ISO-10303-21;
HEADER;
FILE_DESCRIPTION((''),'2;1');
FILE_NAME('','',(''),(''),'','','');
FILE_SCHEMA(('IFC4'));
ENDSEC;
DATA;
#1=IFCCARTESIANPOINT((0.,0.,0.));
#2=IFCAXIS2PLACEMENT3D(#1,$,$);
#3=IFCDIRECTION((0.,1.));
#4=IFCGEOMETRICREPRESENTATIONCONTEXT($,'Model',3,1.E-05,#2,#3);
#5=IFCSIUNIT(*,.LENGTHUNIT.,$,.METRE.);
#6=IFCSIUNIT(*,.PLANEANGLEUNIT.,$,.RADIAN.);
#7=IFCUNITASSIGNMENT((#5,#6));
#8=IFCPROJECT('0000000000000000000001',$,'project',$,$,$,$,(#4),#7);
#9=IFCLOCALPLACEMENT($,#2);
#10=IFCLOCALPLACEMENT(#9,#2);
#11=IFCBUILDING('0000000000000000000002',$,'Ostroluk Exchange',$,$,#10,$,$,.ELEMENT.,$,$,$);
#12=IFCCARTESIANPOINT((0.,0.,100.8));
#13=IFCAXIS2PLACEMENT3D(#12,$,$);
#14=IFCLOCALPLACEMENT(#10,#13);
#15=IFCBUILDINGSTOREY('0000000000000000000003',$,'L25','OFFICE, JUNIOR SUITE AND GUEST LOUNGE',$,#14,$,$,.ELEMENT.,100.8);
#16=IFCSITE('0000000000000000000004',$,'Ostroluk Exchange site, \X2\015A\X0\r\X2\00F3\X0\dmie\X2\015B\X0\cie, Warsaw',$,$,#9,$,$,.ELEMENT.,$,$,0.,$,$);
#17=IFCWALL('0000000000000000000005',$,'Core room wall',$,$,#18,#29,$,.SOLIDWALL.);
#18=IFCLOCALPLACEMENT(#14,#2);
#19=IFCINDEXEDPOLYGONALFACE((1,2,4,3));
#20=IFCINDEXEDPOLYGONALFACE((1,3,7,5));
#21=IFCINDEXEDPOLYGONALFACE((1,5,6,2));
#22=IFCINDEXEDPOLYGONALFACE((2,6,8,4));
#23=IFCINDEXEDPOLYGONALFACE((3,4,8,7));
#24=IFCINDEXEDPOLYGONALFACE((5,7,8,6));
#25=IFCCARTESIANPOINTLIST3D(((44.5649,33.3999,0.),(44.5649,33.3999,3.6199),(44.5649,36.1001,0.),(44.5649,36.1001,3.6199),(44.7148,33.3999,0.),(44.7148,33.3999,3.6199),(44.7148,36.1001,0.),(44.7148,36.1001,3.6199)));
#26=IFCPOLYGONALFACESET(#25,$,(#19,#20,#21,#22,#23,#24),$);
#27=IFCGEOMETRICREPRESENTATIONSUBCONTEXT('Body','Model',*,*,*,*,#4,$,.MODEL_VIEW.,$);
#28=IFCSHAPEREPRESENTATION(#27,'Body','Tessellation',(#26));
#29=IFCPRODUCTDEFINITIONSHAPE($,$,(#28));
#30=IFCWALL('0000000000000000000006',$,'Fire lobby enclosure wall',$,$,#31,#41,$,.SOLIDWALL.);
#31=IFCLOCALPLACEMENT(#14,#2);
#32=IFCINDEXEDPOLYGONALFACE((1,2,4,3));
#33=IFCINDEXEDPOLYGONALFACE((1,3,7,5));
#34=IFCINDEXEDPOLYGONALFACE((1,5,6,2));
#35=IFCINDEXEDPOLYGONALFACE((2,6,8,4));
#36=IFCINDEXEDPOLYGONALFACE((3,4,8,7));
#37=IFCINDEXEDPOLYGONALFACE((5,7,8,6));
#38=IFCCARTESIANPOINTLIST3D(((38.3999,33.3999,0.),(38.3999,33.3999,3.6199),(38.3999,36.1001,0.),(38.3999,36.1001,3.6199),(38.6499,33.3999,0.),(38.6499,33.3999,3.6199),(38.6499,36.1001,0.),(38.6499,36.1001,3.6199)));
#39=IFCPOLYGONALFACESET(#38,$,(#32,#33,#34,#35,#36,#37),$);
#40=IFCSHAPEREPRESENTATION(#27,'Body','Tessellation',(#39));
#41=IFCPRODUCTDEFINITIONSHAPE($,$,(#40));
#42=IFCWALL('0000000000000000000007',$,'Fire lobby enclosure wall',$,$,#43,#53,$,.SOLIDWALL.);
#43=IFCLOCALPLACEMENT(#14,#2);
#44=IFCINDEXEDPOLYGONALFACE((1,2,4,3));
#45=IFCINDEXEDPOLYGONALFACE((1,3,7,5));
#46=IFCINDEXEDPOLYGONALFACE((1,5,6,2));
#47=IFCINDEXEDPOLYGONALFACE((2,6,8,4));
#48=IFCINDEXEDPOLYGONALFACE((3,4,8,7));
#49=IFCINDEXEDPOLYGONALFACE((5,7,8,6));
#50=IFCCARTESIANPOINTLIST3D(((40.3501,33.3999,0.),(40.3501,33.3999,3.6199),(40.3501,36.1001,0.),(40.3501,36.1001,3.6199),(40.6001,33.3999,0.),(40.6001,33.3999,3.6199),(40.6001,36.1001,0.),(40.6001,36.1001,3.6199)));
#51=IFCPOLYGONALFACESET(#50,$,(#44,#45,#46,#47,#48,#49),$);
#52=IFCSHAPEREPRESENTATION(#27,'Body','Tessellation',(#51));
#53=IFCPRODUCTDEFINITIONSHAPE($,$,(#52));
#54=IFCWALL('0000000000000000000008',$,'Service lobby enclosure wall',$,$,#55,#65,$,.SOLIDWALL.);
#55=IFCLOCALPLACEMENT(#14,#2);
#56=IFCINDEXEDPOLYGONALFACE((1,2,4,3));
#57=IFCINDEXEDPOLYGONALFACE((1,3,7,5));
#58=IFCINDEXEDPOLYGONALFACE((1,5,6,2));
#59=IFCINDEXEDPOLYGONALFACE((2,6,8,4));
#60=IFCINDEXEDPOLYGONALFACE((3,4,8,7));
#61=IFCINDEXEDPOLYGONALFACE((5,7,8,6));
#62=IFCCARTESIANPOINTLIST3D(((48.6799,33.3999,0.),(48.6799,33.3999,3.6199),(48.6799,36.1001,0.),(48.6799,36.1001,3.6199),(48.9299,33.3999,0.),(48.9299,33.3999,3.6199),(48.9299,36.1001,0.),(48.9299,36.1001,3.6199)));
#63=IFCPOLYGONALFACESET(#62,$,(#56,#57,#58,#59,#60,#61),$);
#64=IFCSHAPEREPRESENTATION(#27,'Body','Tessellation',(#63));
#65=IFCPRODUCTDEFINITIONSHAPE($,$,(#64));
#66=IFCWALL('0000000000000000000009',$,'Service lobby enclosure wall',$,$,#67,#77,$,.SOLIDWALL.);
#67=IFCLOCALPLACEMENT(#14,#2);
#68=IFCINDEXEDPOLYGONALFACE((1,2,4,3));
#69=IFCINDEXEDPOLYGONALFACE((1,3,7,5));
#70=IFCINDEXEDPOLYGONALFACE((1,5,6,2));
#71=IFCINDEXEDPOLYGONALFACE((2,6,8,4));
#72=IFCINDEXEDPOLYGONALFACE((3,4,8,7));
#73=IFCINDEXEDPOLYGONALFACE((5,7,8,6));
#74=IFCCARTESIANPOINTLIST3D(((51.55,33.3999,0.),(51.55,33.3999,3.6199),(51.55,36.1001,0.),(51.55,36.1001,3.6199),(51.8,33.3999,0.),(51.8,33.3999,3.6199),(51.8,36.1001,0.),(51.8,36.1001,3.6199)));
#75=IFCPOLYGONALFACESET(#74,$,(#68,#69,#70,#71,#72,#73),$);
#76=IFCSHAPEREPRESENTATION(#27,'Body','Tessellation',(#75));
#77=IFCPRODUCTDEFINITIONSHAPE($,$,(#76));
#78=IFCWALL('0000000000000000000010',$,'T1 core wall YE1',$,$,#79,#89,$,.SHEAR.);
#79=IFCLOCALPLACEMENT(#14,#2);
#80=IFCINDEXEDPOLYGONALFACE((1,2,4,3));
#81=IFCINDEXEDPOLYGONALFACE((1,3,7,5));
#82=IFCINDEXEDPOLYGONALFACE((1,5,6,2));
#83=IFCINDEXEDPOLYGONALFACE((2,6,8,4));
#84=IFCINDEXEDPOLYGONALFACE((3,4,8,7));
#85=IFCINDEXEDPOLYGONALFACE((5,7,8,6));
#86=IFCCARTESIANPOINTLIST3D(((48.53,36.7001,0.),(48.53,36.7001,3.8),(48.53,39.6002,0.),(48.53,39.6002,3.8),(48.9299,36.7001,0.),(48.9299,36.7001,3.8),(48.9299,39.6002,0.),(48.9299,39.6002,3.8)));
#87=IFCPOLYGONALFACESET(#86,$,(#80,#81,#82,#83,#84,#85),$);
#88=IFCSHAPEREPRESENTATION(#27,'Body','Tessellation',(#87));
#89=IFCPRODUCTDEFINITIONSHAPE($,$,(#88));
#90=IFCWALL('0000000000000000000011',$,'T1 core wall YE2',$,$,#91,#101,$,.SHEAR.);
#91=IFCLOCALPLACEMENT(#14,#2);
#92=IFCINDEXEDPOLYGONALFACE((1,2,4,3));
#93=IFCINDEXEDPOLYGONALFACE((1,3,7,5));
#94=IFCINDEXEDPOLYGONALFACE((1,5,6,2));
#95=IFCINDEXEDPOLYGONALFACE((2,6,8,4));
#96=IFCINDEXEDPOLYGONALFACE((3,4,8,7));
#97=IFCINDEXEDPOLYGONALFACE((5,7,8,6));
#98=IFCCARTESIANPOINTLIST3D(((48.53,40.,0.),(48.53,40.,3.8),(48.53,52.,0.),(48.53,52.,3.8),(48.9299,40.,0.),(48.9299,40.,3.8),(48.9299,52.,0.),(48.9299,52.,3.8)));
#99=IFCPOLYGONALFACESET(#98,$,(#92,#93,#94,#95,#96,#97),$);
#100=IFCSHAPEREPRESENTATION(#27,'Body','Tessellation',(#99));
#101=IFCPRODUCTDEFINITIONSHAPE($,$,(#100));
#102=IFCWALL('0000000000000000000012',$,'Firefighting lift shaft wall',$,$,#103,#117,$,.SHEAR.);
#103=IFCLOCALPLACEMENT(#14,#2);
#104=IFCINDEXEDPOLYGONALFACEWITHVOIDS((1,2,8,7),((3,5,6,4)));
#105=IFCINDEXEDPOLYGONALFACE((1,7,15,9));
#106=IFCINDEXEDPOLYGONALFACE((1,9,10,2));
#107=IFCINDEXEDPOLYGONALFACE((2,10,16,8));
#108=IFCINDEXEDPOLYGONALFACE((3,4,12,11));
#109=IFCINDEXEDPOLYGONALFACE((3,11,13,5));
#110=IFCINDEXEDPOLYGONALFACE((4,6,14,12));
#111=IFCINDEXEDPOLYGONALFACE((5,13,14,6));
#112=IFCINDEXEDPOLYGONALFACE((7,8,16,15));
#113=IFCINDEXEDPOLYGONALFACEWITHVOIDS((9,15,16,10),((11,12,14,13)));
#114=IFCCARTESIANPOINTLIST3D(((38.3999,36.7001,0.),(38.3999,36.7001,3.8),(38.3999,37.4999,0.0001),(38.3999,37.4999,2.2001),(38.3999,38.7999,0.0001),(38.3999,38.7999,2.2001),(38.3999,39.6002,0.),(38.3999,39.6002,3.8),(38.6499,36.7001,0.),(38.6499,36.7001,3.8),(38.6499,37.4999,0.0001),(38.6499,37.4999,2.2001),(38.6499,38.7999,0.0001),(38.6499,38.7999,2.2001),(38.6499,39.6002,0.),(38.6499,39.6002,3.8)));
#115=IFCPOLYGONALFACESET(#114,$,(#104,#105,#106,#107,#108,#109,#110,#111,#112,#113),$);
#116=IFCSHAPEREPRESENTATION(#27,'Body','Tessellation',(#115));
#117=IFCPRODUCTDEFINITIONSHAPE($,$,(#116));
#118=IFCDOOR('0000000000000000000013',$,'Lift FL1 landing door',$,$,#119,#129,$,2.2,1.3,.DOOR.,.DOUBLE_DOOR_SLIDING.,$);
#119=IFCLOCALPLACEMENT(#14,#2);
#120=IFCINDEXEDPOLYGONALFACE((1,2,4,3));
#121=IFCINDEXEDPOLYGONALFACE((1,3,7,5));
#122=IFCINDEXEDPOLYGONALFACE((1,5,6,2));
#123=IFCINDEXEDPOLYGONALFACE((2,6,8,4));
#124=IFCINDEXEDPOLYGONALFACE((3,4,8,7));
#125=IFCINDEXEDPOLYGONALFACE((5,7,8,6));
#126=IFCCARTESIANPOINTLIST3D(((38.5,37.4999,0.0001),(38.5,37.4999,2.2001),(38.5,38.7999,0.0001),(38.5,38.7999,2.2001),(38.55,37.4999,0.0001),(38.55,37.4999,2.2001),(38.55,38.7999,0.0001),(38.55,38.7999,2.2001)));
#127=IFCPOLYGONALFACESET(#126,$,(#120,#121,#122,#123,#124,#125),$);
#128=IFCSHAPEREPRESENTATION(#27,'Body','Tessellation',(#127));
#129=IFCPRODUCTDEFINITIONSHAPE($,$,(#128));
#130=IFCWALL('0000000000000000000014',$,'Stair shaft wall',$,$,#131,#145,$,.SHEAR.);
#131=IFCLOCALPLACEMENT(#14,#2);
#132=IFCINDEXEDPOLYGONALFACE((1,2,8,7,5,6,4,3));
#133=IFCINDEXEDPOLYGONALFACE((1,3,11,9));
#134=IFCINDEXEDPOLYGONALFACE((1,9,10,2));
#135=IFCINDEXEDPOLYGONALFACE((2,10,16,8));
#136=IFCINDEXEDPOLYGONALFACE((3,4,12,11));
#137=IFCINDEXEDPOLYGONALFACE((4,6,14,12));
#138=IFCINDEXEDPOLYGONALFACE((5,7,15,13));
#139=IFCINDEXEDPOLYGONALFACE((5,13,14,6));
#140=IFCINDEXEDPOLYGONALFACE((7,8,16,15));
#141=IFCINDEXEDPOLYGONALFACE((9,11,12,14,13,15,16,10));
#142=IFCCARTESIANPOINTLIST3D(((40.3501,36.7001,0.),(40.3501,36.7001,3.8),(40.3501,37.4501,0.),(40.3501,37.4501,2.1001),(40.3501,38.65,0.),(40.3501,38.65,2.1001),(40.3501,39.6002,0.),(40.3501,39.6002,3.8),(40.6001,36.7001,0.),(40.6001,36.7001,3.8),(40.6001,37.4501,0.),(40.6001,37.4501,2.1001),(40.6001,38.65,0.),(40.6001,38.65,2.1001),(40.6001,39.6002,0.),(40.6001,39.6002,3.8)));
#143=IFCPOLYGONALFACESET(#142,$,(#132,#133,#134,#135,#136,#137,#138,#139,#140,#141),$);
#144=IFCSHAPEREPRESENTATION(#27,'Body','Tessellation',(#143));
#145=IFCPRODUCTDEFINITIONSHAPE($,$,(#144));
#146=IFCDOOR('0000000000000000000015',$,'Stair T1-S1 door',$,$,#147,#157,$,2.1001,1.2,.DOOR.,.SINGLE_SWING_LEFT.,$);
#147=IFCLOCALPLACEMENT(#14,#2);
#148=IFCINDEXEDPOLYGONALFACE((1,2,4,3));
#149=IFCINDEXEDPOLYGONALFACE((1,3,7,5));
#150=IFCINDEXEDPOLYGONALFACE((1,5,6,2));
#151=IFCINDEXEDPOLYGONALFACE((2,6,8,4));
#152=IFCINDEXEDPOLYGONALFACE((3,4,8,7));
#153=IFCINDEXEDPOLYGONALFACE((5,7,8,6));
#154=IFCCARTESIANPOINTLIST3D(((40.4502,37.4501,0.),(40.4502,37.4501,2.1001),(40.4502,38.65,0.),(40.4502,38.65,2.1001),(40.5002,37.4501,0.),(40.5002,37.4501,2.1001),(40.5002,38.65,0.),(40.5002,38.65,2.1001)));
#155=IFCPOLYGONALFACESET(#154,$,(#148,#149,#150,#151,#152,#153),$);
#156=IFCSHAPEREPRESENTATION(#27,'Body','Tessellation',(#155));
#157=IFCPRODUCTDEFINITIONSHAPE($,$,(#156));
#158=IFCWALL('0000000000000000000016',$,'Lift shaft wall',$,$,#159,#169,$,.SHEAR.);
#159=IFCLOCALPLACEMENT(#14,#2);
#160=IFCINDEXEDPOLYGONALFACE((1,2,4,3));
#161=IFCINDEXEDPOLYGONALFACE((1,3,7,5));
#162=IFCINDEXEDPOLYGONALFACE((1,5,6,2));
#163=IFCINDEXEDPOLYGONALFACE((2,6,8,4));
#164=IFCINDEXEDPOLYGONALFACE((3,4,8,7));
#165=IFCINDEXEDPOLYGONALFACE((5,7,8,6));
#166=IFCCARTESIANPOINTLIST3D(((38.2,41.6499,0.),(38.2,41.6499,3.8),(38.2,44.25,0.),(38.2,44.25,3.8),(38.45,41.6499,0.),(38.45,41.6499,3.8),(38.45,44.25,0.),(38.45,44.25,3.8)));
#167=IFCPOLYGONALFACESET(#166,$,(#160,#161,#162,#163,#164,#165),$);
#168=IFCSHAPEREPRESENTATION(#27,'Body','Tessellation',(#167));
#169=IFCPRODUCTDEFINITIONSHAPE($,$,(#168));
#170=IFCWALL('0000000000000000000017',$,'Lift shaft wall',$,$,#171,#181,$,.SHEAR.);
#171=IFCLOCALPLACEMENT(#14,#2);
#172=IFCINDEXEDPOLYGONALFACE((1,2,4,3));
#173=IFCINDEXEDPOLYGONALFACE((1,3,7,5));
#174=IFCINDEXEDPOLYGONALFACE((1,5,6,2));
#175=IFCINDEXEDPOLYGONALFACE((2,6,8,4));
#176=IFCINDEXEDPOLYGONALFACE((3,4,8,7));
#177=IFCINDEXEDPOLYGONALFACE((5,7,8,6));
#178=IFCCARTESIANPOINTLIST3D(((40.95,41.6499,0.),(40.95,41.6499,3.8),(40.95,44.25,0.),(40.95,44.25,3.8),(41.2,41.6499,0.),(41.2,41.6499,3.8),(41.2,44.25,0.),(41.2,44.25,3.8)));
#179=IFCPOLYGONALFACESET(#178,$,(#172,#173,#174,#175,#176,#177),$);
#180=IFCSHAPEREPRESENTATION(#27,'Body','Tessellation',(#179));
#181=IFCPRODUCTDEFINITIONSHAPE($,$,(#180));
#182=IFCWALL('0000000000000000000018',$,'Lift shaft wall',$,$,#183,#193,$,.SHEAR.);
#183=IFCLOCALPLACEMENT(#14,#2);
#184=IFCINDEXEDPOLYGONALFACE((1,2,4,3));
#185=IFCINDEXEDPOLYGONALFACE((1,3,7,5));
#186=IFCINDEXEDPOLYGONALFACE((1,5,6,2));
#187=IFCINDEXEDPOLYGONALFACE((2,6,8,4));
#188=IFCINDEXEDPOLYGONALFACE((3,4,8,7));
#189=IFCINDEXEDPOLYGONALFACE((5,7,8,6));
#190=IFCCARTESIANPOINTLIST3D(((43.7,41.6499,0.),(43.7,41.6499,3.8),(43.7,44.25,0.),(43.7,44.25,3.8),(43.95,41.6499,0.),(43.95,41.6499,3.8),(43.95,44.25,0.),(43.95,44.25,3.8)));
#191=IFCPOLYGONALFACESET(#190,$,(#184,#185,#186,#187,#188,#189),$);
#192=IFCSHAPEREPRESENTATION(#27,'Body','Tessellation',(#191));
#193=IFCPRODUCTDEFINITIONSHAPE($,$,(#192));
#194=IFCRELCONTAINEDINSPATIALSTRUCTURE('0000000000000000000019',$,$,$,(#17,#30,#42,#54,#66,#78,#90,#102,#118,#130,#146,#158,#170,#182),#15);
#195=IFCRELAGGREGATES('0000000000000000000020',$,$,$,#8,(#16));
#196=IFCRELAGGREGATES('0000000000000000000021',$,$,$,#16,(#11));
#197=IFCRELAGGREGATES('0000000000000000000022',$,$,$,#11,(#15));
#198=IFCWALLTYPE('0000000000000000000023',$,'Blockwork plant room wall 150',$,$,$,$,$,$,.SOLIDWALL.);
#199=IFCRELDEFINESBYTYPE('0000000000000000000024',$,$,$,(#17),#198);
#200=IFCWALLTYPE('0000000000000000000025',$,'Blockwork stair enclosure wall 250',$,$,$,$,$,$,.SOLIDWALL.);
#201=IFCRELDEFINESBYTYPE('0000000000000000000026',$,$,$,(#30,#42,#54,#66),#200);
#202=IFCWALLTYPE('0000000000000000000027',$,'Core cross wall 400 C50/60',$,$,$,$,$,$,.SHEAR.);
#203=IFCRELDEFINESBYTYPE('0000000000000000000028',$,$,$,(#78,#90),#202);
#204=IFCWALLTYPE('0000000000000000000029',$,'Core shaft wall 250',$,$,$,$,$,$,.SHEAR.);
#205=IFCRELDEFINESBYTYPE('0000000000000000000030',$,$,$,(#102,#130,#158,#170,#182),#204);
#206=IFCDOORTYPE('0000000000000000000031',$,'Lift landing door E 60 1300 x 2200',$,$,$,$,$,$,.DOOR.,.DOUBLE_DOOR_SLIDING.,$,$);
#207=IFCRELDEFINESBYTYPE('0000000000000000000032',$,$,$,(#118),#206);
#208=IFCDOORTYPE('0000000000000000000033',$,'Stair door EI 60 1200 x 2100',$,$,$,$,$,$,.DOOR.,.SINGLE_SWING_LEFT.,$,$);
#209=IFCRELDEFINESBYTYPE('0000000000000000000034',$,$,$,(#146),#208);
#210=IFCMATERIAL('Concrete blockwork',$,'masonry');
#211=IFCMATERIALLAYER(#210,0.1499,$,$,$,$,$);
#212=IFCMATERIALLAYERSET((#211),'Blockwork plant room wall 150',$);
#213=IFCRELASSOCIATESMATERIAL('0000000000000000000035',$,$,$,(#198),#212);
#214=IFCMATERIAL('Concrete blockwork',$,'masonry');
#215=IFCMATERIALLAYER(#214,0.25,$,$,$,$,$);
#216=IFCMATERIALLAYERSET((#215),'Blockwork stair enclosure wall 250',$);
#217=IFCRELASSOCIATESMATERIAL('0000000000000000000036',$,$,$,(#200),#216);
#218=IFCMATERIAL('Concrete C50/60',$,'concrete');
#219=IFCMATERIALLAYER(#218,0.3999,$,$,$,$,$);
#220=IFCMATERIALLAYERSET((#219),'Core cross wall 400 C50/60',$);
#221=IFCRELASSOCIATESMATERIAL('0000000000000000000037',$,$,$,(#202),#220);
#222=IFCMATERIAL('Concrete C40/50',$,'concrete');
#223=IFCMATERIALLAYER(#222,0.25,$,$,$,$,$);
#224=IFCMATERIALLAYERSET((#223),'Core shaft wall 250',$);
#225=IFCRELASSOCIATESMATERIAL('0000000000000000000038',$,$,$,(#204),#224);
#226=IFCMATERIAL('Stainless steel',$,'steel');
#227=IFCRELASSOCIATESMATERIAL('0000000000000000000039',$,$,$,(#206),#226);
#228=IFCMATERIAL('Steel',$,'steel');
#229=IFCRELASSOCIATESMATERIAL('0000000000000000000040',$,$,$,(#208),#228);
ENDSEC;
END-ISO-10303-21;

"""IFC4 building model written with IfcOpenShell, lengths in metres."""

from ifc_helpers import new_model, si_unit, direction, frame, frame_2d, origin, place, context, subcontext, project, spatial, rectangle, extrude, material, layer, layer_set, type_object, element, fill, save


model = new_model("IFC4")

# Units and contexts
model_context = context("Model", 3, precision=1e-05, world=origin(), true_north=direction((0.0, 1.0)))
body_context = subcontext(model_context, "Body", "Model", "MODEL_VIEW")
ifc_project = project(units=[si_unit("LENGTHUNIT", "METRE"), si_unit("PLANEANGLEUNIT", "RADIAN")], contexts=[model_context])

# Site, building, storey
site_placement = place(None, origin())
site = spatial("IfcSite", under=ifc_project, at=site_placement, Name="Ostroluk Exchange site, Śródmieście, Warsaw", CompositionType="ELEMENT", RefElevation=0.0)
building_placement = place(site_placement, origin())
building = spatial("IfcBuilding", under=site, at=building_placement, Name="Ostroluk Exchange", CompositionType="ELEMENT")
storey_placement = place(building_placement, frame((0.0, 0.0, 100.8)))
storey = spatial("IfcBuildingStorey", under=building, at=storey_placement, Name="L25", Description="OFFICE, JUNIOR SUITE AND GUEST LOUNGE", CompositionType="ELEMENT", Elevation=100.8)

# Walls
ifc_material_1 = material(Name="Concrete blockwork", Category="masonry")
ifc_layer_1 = layer(ifc_material_1, 0.1499)
ifc_layer_set_1 = layer_set([ifc_layer_1], Name="Blockwork plant room wall 150")
wall_type_1 = type_object("IfcWallType", Name="Blockwork plant room wall 150", PredefinedType="SOLIDWALL", material=ifc_layer_set_1)
wall_1_placement = place(storey_placement, frame((44.6399, 33.3999, 0.0), z_axis=(0.0, 0.0, 1.0), x_axis=(0.0, 1.0, 0.0)))
element("IfcWall", 1, at=wall_1_placement, inside=storey, type_object=wall_type_1, Name="Core room wall", PredefinedType="SOLIDWALL", context=body_context, shape_type="SweptSolid", body=[
    extrude(rectangle(XDim=2.7002, YDim=0.1499, at=frame_2d((1.3501, 0.0))), origin(), (0.0, 0.0, 1.0), 3.6199),
])
ifc_material_2 = material(Name="Concrete blockwork", Category="masonry")
ifc_layer_2 = layer(ifc_material_2, 0.25)
ifc_layer_set_2 = layer_set([ifc_layer_2], Name="Blockwork stair enclosure wall 250")
wall_type_2 = type_object("IfcWallType", Name="Blockwork stair enclosure wall 250", PredefinedType="SOLIDWALL", material=ifc_layer_set_2)
for number, where, z_axis, x_axis, name in (
    (2, (38.5249, 33.3999, 0.0), (0.0, 0.0, 1.0), (0.0, 1.0, 0.0), "Fire lobby enclosure wall"),
    (3, (40.4751, 33.3999, 0.0), (0.0, 0.0, 1.0), (0.0, 1.0, 0.0), "Fire lobby enclosure wall"),
    (4, (48.8049, 33.3999, 0.0), (0.0, 0.0, 1.0), (0.0, 1.0, 0.0), "Service lobby enclosure wall"),
    (5, (51.675, 33.3999, 0.0), (0.0, 0.0, 1.0), (0.0, 1.0, 0.0), "Service lobby enclosure wall"),
):
    element("IfcWall", number, at=place(storey_placement, frame(where, z_axis=z_axis, x_axis=x_axis)), inside=storey, type_object=wall_type_2, Name=name, PredefinedType="SOLIDWALL", context=body_context, shape_type="SweptSolid", body=[
        extrude(rectangle(XDim=2.7002, YDim=0.25, at=frame_2d((1.3501, 0.0))), origin(), (0.0, 0.0, 1.0), 3.6199),
    ])
ifc_material_3 = material(Name="Concrete C50/60", Category="concrete")
ifc_layer_3 = layer(ifc_material_3, 0.3999)
ifc_layer_set_3 = layer_set([ifc_layer_3], Name="Core cross wall 400 C50/60")
wall_type_3 = type_object("IfcWallType", Name="Core cross wall 400 C50/60", PredefinedType="SHEAR", material=ifc_layer_set_3)
wall_2_placement = place(storey_placement, frame((48.73, 36.7, 0.0), z_axis=(0.0, 0.0, 1.0), x_axis=(0.0, 1.0, 0.0)))
element("IfcWall", 6, at=wall_2_placement, inside=storey, type_object=wall_type_3, Name="T1 core wall YE1", PredefinedType="SHEAR", context=body_context, shape_type="SweptSolid", body=[
    extrude(rectangle(XDim=2.9001, YDim=0.3999, at=frame_2d((1.4502, 0.0))), origin(), (0.0, 0.0, 1.0), 3.8),
])
wall_3_placement = place(storey_placement, frame((48.73, 40.0, 0.0), z_axis=(0.0, 0.0, 1.0), x_axis=(0.0, 1.0, 0.0)))
element("IfcWall", 7, at=wall_3_placement, inside=storey, type_object=wall_type_3, Name="T1 core wall YE2", PredefinedType="SHEAR", context=body_context, shape_type="SweptSolid", body=[
    extrude(rectangle(XDim=12.0, YDim=0.3999, at=frame_2d((6.0, 0.0))), origin(), (0.0, 0.0, 1.0), 3.8),
])

# Walls, openings, doors
ifc_material_4 = material(Name="Concrete C40/50", Category="concrete")
ifc_layer_4 = layer(ifc_material_4, 0.25)
ifc_layer_set_4 = layer_set([ifc_layer_4], Name="Core shaft wall 250")
wall_type_4 = type_object("IfcWallType", Name="Core shaft wall 250", PredefinedType="SHEAR", material=ifc_layer_set_4)
wall_4_placement = place(storey_placement, frame((38.5249, 36.7, 0.0), z_axis=(0.0, 0.0, 1.0), x_axis=(0.0, 1.0, 0.0)))
wall_4 = element("IfcWall", 8, at=wall_4_placement, inside=storey, type_object=wall_type_4, Name="Firefighting lift shaft wall", PredefinedType="SHEAR", context=body_context, shape_type="SweptSolid", body=[
    extrude(rectangle(XDim=2.9001, YDim=0.25, at=frame_2d((1.4502, 0.0))), origin(), (0.0, 0.0, 1.0), 3.8),
])
opening_1_placement = place(wall_4_placement, frame((0.8, 0.0, 0.0)))
opening_1 = element("IfcOpeningElement", 9, at=opening_1_placement, cuts=wall_4, PredefinedType="OPENING", context=body_context, shape_type="SweptSolid", body=[
    extrude(rectangle(XDim=1.3, YDim=2.2, at=frame_2d((0.6499, 1.1001))), frame((0.0, 0.135, 0.0), z_axis=(0.0, -1.0, 0.0), x_axis=(1.0, 0.0, 0.0)), (0.0, 0.0, 1.0), 0.27),
])
ifc_material_5 = material(Name="Stainless steel", Category="steel")
door_type_1 = type_object("IfcDoorType", Name="Lift landing door E 60 1300 x 2200", OperationType="DOUBLE_DOOR_SLIDING", PredefinedType="DOOR", material=ifc_material_5)
door_1_placement = place(opening_1_placement, origin())
door_1 = element("IfcDoor", 10, at=door_1_placement, inside=storey, type_object=door_type_1, Name="Lift FL1 landing door", OperationType="DOUBLE_DOOR_SLIDING", OverallHeight=2.2, OverallWidth=1.3, PredefinedType="DOOR", context=body_context, shape_type="SweptSolid", body=[
    extrude(rectangle(XDim=1.3, YDim=2.2, at=frame_2d((0.6499, 1.1001))), frame((0.0, 0.0249, 0.0), z_axis=(0.0, -1.0, 0.0), x_axis=(1.0, 0.0, 0.0)), (0.0, 0.0, 1.0), 0.05),
])
fill(opening_1, door_1)
wall_5_placement = place(storey_placement, frame((40.4751, 36.7, 0.0), z_axis=(0.0, 0.0, 1.0), x_axis=(0.0, 1.0, 0.0)))
wall_5 = element("IfcWall", 11, at=wall_5_placement, inside=storey, type_object=wall_type_4, Name="Stair shaft wall", PredefinedType="SHEAR", context=body_context, shape_type="SweptSolid", body=[
    extrude(rectangle(XDim=2.9001, YDim=0.25, at=frame_2d((1.4502, 0.0))), origin(), (0.0, 0.0, 1.0), 3.8),
])
opening_2_placement = place(wall_5_placement, frame((0.75, 0.0, 0.0)))
opening_2 = element("IfcOpeningElement", 12, at=opening_2_placement, cuts=wall_5, PredefinedType="OPENING", context=body_context, shape_type="SweptSolid", body=[
    extrude(rectangle(XDim=1.2, YDim=2.1001, at=frame_2d((0.6001, 1.05))), frame((0.0, 0.135, 0.0), z_axis=(0.0, -1.0, 0.0), x_axis=(1.0, 0.0, 0.0)), (0.0, 0.0, 1.0), 0.27),
])
ifc_material_6 = material(Name="Steel", Category="steel")
door_type_2 = type_object("IfcDoorType", Name="Stair door EI 60 1200 x 2100", OperationType="SINGLE_SWING_LEFT", PredefinedType="DOOR", material=ifc_material_6)
door_2_placement = place(opening_2_placement, origin())
door_2 = element("IfcDoor", 13, at=door_2_placement, inside=storey, type_object=door_type_2, Name="Stair T1-S1 door", OperationType="SINGLE_SWING_LEFT", OverallHeight=2.1001, OverallWidth=1.2, PredefinedType="DOOR", context=body_context, shape_type="SweptSolid", body=[
    extrude(rectangle(XDim=1.2, YDim=2.1001, at=frame_2d((0.6001, 1.05))), frame((0.0, 0.0249, 0.0), z_axis=(0.0, -1.0, 0.0), x_axis=(1.0, 0.0, 0.0)), (0.0, 0.0, 1.0), 0.05),
])
fill(opening_2, door_2)

# Walls
for number, where, z_axis, x_axis, name in (
    (14, (38.325, 44.25, 0.0), (0.0, 0.0, 1.0), (0.0, -1.0, 0.0), "Lift shaft wall"),
    (15, (41.075, 44.25, 0.0), (0.0, 0.0, 1.0), (0.0, -1.0, 0.0), "Lift shaft wall"),
    (16, (43.825, 44.25, 0.0), (0.0, 0.0, 1.0), (0.0, -1.0, 0.0), "Lift shaft wall"),
):
    element("IfcWall", number, at=place(storey_placement, frame(where, z_axis=z_axis, x_axis=x_axis)), inside=storey, type_object=wall_type_4, Name=name, PredefinedType="SHEAR", context=body_context, shape_type="SweptSolid", body=[
        extrude(rectangle(XDim=2.6001, YDim=0.25, at=frame_2d((1.3, 0.0))), origin(), (0.0, 0.0, 1.0), 3.8),
    ])

save(model, "model.ifc")
